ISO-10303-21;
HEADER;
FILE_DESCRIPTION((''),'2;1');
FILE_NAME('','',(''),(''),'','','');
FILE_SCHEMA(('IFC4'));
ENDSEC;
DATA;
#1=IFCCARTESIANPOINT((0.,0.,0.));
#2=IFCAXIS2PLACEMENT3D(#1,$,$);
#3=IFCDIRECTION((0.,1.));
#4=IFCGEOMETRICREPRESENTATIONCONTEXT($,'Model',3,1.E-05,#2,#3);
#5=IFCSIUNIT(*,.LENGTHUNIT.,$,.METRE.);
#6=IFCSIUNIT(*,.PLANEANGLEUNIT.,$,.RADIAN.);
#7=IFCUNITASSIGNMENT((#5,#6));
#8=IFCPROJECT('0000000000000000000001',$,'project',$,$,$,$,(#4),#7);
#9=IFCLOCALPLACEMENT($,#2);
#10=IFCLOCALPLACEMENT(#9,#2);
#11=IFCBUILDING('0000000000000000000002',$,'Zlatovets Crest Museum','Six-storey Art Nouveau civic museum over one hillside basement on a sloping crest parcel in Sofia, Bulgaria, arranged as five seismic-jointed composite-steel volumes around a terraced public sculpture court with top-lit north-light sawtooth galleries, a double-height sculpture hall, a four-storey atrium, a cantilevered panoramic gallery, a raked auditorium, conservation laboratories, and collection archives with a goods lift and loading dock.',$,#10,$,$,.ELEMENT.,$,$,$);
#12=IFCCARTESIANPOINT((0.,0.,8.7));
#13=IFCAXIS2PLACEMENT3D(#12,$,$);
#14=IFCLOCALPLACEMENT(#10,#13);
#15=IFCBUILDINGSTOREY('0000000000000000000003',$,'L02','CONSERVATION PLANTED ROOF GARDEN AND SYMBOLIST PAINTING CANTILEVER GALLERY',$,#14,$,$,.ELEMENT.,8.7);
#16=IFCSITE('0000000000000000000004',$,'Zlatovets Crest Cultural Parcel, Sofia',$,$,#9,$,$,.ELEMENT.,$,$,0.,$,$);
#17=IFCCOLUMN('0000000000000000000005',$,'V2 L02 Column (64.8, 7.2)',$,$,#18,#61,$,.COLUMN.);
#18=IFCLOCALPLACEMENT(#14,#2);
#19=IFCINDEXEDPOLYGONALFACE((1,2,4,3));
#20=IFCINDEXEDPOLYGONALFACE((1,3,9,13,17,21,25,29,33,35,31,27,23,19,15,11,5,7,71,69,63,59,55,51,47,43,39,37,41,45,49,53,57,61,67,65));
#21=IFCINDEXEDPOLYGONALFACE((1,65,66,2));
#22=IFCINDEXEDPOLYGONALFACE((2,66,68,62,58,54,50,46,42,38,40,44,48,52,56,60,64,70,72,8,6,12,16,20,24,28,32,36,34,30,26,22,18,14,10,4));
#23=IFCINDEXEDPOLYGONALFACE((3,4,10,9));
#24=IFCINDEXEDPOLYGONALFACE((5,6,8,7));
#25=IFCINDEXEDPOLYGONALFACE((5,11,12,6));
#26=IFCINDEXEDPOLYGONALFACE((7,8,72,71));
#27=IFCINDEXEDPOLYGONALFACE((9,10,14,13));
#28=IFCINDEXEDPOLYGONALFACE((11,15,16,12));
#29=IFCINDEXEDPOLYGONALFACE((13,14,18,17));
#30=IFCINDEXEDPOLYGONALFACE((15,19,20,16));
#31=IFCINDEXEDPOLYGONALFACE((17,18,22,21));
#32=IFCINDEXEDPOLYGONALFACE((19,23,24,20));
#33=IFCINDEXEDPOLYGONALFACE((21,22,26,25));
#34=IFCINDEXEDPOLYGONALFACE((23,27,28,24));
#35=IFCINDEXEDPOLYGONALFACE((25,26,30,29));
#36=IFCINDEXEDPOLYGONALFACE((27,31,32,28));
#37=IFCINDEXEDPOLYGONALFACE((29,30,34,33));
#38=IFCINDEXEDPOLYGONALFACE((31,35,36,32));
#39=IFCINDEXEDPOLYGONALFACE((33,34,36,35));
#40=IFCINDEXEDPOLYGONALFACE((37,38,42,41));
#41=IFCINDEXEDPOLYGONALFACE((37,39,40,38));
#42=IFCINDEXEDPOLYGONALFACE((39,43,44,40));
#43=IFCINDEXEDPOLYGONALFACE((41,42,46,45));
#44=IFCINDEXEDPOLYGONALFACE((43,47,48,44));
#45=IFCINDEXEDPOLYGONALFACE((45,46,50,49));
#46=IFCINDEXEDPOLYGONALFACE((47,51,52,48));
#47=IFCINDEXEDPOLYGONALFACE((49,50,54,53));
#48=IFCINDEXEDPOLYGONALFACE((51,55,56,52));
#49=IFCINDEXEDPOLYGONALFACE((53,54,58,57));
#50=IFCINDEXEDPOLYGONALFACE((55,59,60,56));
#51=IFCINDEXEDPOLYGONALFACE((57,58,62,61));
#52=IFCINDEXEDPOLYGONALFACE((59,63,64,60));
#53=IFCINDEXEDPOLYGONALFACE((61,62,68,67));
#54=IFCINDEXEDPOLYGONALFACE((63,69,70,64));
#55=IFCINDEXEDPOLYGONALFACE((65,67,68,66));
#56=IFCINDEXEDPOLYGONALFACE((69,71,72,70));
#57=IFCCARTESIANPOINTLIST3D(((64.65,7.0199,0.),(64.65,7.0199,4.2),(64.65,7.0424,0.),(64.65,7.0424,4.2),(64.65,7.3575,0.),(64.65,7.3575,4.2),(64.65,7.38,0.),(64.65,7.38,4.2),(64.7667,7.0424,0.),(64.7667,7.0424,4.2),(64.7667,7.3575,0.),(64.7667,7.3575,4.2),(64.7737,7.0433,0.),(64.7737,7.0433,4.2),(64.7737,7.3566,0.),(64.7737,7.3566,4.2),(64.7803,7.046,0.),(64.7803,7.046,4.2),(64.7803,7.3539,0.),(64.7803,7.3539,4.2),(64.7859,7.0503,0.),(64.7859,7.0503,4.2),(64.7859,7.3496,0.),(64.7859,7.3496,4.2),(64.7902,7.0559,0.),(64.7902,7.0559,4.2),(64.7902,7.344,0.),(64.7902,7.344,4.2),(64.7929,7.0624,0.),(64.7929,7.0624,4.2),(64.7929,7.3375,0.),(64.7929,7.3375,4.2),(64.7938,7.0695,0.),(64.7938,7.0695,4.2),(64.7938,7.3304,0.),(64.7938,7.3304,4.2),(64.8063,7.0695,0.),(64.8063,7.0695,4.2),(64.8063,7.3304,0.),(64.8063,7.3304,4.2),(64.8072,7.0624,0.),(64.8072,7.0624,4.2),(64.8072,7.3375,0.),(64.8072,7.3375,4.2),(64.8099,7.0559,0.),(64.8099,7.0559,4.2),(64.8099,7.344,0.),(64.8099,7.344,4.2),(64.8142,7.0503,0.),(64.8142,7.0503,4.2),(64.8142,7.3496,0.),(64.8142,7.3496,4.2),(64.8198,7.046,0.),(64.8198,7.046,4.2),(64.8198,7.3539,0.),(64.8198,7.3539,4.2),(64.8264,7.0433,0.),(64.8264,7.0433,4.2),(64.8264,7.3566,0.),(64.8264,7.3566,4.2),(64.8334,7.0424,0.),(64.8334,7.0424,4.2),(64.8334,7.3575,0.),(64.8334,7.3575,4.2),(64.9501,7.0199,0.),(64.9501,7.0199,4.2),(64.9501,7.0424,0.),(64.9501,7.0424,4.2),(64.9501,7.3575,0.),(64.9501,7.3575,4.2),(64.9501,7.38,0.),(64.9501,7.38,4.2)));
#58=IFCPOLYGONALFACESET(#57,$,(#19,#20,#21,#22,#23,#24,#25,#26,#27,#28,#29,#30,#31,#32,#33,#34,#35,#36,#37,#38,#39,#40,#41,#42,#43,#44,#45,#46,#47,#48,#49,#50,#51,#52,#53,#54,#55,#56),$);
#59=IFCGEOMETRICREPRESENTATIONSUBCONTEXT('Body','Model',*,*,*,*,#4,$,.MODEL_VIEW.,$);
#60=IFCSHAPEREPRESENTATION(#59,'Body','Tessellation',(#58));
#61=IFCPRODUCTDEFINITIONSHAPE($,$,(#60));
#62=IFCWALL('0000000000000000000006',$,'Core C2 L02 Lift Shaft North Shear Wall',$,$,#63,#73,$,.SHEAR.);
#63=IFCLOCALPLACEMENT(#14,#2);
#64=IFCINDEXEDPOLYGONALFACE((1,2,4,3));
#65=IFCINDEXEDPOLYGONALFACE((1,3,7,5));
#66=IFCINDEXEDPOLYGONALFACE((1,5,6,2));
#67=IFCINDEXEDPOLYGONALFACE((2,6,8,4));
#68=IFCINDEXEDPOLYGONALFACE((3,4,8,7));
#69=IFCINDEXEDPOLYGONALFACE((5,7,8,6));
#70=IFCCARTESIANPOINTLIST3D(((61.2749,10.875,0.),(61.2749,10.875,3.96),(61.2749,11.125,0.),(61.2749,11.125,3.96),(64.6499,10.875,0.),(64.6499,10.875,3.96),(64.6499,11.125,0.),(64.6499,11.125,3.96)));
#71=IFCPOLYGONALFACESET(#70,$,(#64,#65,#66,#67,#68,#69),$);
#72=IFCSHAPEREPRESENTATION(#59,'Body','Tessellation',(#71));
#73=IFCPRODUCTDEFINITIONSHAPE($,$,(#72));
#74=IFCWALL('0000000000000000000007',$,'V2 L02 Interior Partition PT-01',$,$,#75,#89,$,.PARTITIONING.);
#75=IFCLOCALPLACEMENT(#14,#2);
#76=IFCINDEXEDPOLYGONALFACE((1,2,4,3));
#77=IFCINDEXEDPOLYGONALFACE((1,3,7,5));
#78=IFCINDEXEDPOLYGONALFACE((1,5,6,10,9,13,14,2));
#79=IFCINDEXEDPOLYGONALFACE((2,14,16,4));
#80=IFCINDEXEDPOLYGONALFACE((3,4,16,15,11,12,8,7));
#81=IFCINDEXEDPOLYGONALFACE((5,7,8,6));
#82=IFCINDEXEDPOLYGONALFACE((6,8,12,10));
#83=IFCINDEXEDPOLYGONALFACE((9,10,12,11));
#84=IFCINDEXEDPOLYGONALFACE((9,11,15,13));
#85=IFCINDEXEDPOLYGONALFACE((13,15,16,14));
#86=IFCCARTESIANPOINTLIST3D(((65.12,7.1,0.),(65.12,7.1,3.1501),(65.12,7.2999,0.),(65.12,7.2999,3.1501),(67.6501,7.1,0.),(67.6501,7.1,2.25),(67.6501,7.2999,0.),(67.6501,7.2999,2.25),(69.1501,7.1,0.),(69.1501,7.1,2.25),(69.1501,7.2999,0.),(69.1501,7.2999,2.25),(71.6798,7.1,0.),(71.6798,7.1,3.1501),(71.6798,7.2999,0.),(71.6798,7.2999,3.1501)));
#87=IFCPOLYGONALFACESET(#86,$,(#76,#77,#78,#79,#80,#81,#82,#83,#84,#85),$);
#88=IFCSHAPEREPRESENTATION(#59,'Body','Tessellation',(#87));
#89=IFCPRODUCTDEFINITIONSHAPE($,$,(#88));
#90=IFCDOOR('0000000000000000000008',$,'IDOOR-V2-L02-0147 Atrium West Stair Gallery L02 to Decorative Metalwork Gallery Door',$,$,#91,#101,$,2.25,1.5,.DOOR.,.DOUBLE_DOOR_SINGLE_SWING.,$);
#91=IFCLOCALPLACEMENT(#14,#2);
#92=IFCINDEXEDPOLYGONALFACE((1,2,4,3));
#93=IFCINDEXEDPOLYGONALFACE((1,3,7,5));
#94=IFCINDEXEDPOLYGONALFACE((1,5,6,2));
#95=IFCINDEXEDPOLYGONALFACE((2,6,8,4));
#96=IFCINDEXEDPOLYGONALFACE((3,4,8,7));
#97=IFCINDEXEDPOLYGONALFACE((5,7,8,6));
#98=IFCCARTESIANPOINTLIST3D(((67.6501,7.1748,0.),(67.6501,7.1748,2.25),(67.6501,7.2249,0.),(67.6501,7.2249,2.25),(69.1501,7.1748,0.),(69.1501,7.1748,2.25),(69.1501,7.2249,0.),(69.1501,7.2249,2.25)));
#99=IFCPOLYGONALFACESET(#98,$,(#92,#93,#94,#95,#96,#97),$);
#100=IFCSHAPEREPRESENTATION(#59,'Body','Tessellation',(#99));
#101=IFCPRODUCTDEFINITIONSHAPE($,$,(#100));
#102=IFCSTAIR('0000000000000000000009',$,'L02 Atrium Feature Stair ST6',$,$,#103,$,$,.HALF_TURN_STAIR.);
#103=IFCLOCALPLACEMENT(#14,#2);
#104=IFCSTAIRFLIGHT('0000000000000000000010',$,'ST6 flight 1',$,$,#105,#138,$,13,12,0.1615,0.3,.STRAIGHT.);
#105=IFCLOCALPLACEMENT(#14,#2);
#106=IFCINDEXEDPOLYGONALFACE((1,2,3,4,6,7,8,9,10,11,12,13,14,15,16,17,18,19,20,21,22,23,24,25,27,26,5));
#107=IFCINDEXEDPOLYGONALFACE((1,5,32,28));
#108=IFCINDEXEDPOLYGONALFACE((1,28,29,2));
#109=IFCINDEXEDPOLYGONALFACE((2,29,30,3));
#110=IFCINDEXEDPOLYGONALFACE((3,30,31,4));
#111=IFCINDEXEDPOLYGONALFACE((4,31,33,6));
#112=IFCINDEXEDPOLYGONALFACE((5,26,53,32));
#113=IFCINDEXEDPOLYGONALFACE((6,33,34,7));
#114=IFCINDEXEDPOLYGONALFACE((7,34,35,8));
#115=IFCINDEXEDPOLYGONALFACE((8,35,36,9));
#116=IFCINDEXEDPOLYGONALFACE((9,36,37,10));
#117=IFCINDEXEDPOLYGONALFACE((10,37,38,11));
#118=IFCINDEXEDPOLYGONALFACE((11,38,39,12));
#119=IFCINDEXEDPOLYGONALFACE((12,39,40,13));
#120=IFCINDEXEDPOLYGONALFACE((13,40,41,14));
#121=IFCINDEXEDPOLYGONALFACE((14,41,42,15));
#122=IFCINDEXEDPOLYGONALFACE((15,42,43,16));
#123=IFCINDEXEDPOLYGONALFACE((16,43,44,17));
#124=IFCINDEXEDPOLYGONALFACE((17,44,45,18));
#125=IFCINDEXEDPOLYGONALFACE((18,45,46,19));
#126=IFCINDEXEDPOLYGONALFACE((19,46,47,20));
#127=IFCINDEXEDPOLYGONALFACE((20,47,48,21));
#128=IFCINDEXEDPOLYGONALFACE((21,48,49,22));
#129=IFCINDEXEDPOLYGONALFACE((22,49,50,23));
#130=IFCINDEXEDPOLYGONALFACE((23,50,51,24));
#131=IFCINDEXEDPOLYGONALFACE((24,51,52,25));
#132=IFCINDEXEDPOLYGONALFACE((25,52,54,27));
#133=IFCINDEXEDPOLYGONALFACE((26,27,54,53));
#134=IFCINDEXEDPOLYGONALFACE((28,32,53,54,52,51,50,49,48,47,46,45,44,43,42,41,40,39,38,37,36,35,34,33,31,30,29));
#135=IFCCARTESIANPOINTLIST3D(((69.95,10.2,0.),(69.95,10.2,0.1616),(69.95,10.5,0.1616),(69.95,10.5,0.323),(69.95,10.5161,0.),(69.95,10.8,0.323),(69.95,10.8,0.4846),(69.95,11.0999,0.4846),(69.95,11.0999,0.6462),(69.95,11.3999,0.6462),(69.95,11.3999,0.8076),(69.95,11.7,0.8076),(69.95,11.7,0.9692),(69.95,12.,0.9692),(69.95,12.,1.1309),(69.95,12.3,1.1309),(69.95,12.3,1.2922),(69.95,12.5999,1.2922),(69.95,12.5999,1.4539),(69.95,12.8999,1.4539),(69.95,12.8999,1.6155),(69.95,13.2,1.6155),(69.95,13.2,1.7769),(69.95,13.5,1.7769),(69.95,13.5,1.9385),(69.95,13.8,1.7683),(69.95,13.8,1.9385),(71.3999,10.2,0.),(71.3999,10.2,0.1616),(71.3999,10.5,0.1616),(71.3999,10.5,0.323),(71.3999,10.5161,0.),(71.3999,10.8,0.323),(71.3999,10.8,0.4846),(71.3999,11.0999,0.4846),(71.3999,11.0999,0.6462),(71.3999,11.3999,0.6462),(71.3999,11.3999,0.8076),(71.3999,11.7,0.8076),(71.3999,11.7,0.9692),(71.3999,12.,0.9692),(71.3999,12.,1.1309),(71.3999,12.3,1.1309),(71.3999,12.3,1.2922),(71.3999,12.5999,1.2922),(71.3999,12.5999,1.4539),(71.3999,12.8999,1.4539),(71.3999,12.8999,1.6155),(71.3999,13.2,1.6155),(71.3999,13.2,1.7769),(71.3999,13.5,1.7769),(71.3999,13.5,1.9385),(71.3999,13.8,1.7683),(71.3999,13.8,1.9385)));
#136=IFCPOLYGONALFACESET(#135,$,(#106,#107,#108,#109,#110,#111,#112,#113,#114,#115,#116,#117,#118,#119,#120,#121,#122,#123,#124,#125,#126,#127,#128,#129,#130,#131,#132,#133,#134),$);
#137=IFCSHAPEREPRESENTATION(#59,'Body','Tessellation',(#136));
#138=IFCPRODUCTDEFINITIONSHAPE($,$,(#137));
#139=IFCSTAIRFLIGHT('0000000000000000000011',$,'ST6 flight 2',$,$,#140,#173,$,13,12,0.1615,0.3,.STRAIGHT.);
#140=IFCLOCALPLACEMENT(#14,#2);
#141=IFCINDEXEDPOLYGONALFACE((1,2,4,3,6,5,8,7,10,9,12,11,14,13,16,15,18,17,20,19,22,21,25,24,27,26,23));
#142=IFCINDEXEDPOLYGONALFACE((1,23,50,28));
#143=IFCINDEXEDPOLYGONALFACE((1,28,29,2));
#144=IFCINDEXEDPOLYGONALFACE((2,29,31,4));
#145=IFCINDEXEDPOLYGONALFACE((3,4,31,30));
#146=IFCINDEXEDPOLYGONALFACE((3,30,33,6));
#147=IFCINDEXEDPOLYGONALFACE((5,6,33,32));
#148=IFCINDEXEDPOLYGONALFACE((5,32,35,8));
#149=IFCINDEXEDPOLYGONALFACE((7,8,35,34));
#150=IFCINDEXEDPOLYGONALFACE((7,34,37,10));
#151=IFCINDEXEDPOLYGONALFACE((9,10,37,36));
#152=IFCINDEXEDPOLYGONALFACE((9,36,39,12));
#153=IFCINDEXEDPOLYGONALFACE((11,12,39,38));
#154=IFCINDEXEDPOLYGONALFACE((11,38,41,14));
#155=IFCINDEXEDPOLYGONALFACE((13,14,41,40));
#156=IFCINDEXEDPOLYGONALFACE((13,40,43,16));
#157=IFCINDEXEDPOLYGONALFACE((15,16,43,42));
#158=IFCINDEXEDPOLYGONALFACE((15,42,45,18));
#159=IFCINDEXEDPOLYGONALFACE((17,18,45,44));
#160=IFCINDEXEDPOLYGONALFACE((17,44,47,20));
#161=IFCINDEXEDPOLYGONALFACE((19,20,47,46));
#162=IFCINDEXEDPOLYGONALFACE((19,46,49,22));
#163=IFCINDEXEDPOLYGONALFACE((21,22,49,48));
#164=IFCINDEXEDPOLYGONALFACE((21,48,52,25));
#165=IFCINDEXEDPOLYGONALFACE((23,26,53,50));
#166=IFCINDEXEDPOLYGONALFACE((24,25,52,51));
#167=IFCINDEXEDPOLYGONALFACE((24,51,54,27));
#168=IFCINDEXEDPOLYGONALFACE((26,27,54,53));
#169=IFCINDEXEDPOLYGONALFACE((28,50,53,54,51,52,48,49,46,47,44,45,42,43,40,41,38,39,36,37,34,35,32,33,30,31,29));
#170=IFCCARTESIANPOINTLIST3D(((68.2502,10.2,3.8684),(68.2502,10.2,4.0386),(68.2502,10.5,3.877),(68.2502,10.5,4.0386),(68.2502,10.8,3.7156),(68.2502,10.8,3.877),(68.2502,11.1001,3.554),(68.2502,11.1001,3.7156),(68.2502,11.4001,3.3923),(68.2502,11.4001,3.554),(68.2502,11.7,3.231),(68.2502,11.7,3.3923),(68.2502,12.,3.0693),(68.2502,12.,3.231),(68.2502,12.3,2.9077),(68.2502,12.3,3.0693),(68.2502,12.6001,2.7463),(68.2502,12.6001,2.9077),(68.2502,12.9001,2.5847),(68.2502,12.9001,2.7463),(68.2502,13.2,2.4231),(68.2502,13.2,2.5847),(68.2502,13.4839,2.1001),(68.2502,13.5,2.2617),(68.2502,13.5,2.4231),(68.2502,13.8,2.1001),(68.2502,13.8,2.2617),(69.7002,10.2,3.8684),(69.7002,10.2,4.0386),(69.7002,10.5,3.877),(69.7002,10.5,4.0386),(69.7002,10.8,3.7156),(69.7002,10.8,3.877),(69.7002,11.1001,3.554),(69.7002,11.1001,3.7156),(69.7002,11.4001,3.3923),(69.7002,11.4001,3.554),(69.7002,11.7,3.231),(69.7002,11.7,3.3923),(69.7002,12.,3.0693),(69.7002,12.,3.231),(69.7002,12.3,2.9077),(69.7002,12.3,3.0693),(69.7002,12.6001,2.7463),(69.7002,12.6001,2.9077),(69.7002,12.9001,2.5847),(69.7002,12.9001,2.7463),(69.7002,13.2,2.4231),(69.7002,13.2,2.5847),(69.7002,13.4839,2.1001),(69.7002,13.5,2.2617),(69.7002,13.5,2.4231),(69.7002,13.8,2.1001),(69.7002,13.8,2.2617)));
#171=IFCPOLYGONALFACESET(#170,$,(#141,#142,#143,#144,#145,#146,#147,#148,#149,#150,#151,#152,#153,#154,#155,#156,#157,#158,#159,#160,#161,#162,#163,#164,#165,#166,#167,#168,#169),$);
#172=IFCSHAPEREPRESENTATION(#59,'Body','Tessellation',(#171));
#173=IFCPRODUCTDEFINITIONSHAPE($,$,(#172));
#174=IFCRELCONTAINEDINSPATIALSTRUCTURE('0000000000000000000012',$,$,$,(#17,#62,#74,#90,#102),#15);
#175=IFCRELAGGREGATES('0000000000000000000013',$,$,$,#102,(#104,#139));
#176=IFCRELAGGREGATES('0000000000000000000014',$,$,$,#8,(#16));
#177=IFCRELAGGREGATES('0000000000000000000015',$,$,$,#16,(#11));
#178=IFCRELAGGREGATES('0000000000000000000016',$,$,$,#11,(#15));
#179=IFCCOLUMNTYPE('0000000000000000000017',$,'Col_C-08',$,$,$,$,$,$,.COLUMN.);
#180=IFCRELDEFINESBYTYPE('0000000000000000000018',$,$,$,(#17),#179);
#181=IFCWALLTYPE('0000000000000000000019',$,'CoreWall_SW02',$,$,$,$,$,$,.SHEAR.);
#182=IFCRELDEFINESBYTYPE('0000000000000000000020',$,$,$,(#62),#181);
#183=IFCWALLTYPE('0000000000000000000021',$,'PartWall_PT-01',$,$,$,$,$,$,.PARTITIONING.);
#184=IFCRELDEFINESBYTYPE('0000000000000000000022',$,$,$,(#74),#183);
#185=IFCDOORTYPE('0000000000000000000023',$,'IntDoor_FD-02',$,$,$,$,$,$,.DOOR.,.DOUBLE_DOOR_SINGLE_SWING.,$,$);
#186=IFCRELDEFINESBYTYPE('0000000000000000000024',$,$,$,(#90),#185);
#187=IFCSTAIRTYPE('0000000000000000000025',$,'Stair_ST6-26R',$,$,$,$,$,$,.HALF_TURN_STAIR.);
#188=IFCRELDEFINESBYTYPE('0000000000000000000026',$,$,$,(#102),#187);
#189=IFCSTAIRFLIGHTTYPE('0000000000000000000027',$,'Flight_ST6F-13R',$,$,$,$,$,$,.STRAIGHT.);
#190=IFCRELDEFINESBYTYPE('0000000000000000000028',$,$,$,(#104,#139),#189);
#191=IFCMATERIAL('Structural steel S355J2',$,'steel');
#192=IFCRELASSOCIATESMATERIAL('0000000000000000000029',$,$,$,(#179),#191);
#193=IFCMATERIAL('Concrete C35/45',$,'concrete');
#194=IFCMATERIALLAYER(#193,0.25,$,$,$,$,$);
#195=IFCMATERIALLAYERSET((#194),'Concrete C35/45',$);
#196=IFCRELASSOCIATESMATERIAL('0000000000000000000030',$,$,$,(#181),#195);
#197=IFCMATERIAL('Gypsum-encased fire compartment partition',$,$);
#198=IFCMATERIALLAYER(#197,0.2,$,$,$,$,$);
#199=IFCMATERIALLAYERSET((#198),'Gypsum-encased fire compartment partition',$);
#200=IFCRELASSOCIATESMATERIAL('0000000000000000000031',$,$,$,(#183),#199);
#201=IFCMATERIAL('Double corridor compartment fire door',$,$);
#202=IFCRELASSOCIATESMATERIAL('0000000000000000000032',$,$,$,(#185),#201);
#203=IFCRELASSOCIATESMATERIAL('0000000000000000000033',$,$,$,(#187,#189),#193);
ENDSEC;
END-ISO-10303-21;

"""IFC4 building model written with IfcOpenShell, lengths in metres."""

from ifc_helpers import new_model, si_unit, direction, frame, frame_2d, origin, origin_2d, place, context, subcontext, project, spatial, polyline, rectangle, i_section, outline, extrude, material, layer, layer_set, material_profile, profile_set, type_object, element, fill, aggregate, save


model = new_model("IFC4")

# Units and contexts
model_context = context("Model", 3, precision=1e-05, world=origin(), true_north=direction((0.0, 1.0)))
body_context = subcontext(model_context, "Body", "Model", "MODEL_VIEW")
ifc_project = project(units=[si_unit("LENGTHUNIT", "METRE"), si_unit("PLANEANGLEUNIT", "RADIAN")], contexts=[model_context])

# Site, building, storey
site_placement = place(None, origin())
site = spatial("IfcSite", under=ifc_project, at=site_placement, Name="Zlatovets Crest Cultural Parcel, Sofia", CompositionType="ELEMENT", RefElevation=0.0)
building_placement = place(site_placement, origin())
building = spatial("IfcBuilding", under=site, at=building_placement, Name="Zlatovets Crest Museum", Description="Six-storey Art Nouveau civic museum over one hillside basement on a sloping crest parcel in Sofia, Bulgaria, arranged as five seismic-jointed composite-steel volumes around a terraced public sculpture court with top-lit north-light sawtooth galleries, a double-height sculpture hall, a four-storey atrium, a cantilevered panoramic gallery, a raked auditorium, conservation laboratories, and collection archives with a goods lift and loading dock.", CompositionType="ELEMENT")
storey_placement = place(building_placement, frame((0.0, 0.0, 8.7)))
storey = spatial("IfcBuildingStorey", under=building, at=storey_placement, Name="L02", Description="CONSERVATION PLANTED ROOF GARDEN AND SYMBOLIST PAINTING CANTILEVER GALLERY", CompositionType="ELEMENT", Elevation=8.7)

# Column
ifc_material_1 = material(Name="Structural steel S355J2", Category="steel")
ifc_material_profile = material_profile(ifc_material_1, i_section(OverallWidth=0.3, OverallDepth=0.3601, WebThickness=0.0125, FlangeThickness=0.0225, FilletRadius=0.0271, at=origin_2d()), Name="HEB 360")
ifc_profile_set = profile_set([ifc_material_profile], Name="Structural steel S355J2")
column_type = type_object("IfcColumnType", Name="Col_C-08", PredefinedType="COLUMN", material=ifc_profile_set)
column_placement = place(storey_placement, frame((64.8, 7.2, 0.0), z_axis=(0.0, 0.0, 1.0), x_axis=(1.0, 0.0, 0.0)))
element("IfcColumn", 1, at=column_placement, inside=storey, type_object=column_type, Name="V2 L02 Column (64.8, 7.2)", PredefinedType="COLUMN", context=body_context, shape_type="SweptSolid", body=[
    extrude(i_section(OverallWidth=0.3, OverallDepth=0.3601, WebThickness=0.0125, FlangeThickness=0.0225, FilletRadius=0.0271, at=origin_2d()), origin(), (0.0, 0.0, 1.0), 4.2),
])

# Shared definitions
ifc_material_2 = material(Name="Concrete C35/45", Category="concrete")

# Shared definitions
ifc_layer_1 = layer(ifc_material_2, 0.25)
ifc_layer_set_1 = layer_set([ifc_layer_1], Name="Concrete C35/45")
wall_type_1 = type_object("IfcWallType", Name="CoreWall_SW02", PredefinedType="SHEAR", material=ifc_layer_set_1)

# Wall
wall_1_placement = place(storey_placement, frame((61.2749, 11.0, 0.0), z_axis=(0.0, 0.0, 1.0), x_axis=(1.0, 0.0, 0.0)))
element("IfcWall", 2, at=wall_1_placement, inside=storey, type_object=wall_type_1, Name="Core C2 L02 Lift Shaft North Shear Wall", PredefinedType="SHEAR", context=body_context, shape_type="SweptSolid", body=[
    extrude(rectangle(XDim=3.375, YDim=0.25, at=frame_2d((1.6875, 0.0))), origin(), (0.0, 0.0, 1.0), 3.96),
])

# Wall, opening, door
ifc_material_3 = material(Name="Gypsum-encased fire compartment partition")
ifc_layer_2 = layer(ifc_material_3, 0.2)
ifc_layer_set_2 = layer_set([ifc_layer_2], Name="Gypsum-encased fire compartment partition")
wall_type_2 = type_object("IfcWallType", Name="PartWall_PT-01", PredefinedType="PARTITIONING", material=ifc_layer_set_2)
wall_2_placement = place(storey_placement, frame((65.1201, 7.2, 0.0), z_axis=(0.0, 0.0, 1.0), x_axis=(1.0, 0.0, 0.0)))
wall_2 = element("IfcWall", 3, at=wall_2_placement, inside=storey, type_object=wall_type_2, Name="V2 L02 Interior Partition PT-01", PredefinedType="PARTITIONING", context=body_context, shape_type="SweptSolid", body=[
    extrude(rectangle(XDim=6.5598, YDim=0.2, at=frame_2d((3.2798, 0.0))), origin(), (0.0, 0.0, 1.0), 3.1501),
])
opening_1_placement = place(wall_2_placement, frame((2.53, 0.0, 0.0)))
opening_1 = element("IfcOpeningElement", 4, at=opening_1_placement, cuts=wall_2, PredefinedType="OPENING", context=body_context, shape_type="SweptSolid", body=[
    extrude(rectangle(XDim=1.5, YDim=2.25, at=frame_2d((0.75, 1.125))), frame((0.0, 0.1099, 0.0), z_axis=(0.0, -1.0, 0.0), x_axis=(1.0, 0.0, 0.0)), (0.0, 0.0, 1.0), 0.22),
])
ifc_material_4 = material(Name="Double corridor compartment fire door")
door_type_1 = type_object("IfcDoorType", Name="IntDoor_FD-02", OperationType="DOUBLE_DOOR_SINGLE_SWING", PredefinedType="DOOR", material=ifc_material_4)
door_1_placement = place(opening_1_placement, origin())
door_1 = element("IfcDoor", 5, at=door_1_placement, inside=storey, type_object=door_type_1, Name="IDOOR-V2-L02-0147 Atrium West Stair Gallery L02 to Decorative Metalwork Gallery Door", OperationType="DOUBLE_DOOR_SINGLE_SWING", OverallHeight=2.25, OverallWidth=1.5, PredefinedType="DOOR", context=body_context, shape_type="SweptSolid", body=[
    extrude(rectangle(XDim=1.5, YDim=2.25, at=frame_2d((0.75, 1.125))), frame((0.0, 0.0249, 0.0), z_axis=(0.0, -1.0, 0.0), x_axis=(1.0, 0.0, 0.0)), (0.0, 0.0, 1.0), 0.05),
])
fill(opening_1, door_1)

# Stair, stair flights
stair_type = type_object("IfcStairType", Name="Stair_ST6-26R", PredefinedType="HALF_TURN_STAIR", material=ifc_material_2)
stair_placement = place(storey_placement, origin())
stair = element("IfcStair", 6, at=stair_placement, inside=storey, type_object=stair_type, Name="L02 Atrium Feature Stair ST6", PredefinedType="HALF_TURN_STAIR")
stair_flight_type = type_object("IfcStairFlightType", Name="Flight_ST6F-13R", PredefinedType="STRAIGHT", material=ifc_material_2)
stair_flight_1_placement = place(storey_placement, frame((70.675, 10.2, 0.0), z_axis=(0.0, 0.0, 1.0), x_axis=(0.0, 1.0, 0.0)))
stair_flight_1 = element("IfcStairFlight", 7, at=stair_flight_1_placement, type_object=stair_flight_type, Name="ST6 flight 1", NumberOfRisers=13, NumberOfTreads=12, PredefinedType="STRAIGHT", RiserHeight=0.1615, TreadLength=0.3, context=body_context, shape_type="SweptSolid", body=[
    extrude(outline(polyline([(0.0, 0.0), (0.0, 0.1616), (0.3, 0.1616), (0.3, 0.323), (0.6001, 0.323), (0.6001, 0.4846), (0.8999, 0.4846), (0.8999, 0.6462), (1.2, 0.6462), (1.2, 0.8076), (1.5, 0.8076), (1.5, 0.9692), (1.8, 0.9692), (1.8, 1.1309), (2.1001, 1.1309), (2.1001, 1.2922), (2.3999, 1.2922), (2.3999, 1.4539), (2.7, 1.4539), (2.7, 1.6155), (3.0, 1.6155), (3.0, 1.7769), (3.3, 1.7769), (3.3, 1.9385), (3.6001, 1.9385), (3.6001, 2.1001), (3.6001, 1.7683), (0.3162, 0.0), (0.0, 0.0)])), frame((0.0, 0.7251, 0.0), z_axis=(0.0, -1.0, 0.0), x_axis=(1.0, 0.0, 0.0)), (0.0, 0.0, 1.0), 1.45),
])
stair_flight_2_placement = place(storey_placement, frame((68.9751, 13.8, 2.1001), z_axis=(0.0, 0.0, 1.0), x_axis=(0.0, -1.0, 0.0)))
stair_flight_2 = element("IfcStairFlight", 8, at=stair_flight_2_placement, type_object=stair_flight_type, Name="ST6 flight 2", NumberOfRisers=13, NumberOfTreads=12, PredefinedType="STRAIGHT", RiserHeight=0.1615, TreadLength=0.3, context=body_context, shape_type="SweptSolid", body=[
    extrude(outline(polyline([(0.0, 0.0), (0.0, 0.1616), (0.3, 0.1616), (0.3, 0.323), (0.6001, 0.323), (0.6001, 0.4846), (0.8999, 0.4846), (0.8999, 0.6462), (1.2, 0.6462), (1.2, 0.8076), (1.5, 0.8076), (1.5, 0.9692), (1.8, 0.9692), (1.8, 1.1309), (2.1001, 1.1309), (2.1001, 1.2922), (2.3999, 1.2922), (2.3999, 1.4539), (2.7, 1.4539), (2.7, 1.6155), (3.0, 1.6155), (3.0, 1.7769), (3.3, 1.7769), (3.3, 1.9385), (3.6001, 1.9385), (3.6001, 2.1001), (3.6001, 1.7683), (0.3162, 0.0), (0.0, 0.0)])), frame((0.0, 0.7251, 0.0), z_axis=(0.0, -1.0, 0.0), x_axis=(1.0, 0.0, 0.0)), (0.0, 0.0, 1.0), 1.45),
])
aggregate(stair, [stair_flight_1, stair_flight_2])

save(model, "model.ifc")
